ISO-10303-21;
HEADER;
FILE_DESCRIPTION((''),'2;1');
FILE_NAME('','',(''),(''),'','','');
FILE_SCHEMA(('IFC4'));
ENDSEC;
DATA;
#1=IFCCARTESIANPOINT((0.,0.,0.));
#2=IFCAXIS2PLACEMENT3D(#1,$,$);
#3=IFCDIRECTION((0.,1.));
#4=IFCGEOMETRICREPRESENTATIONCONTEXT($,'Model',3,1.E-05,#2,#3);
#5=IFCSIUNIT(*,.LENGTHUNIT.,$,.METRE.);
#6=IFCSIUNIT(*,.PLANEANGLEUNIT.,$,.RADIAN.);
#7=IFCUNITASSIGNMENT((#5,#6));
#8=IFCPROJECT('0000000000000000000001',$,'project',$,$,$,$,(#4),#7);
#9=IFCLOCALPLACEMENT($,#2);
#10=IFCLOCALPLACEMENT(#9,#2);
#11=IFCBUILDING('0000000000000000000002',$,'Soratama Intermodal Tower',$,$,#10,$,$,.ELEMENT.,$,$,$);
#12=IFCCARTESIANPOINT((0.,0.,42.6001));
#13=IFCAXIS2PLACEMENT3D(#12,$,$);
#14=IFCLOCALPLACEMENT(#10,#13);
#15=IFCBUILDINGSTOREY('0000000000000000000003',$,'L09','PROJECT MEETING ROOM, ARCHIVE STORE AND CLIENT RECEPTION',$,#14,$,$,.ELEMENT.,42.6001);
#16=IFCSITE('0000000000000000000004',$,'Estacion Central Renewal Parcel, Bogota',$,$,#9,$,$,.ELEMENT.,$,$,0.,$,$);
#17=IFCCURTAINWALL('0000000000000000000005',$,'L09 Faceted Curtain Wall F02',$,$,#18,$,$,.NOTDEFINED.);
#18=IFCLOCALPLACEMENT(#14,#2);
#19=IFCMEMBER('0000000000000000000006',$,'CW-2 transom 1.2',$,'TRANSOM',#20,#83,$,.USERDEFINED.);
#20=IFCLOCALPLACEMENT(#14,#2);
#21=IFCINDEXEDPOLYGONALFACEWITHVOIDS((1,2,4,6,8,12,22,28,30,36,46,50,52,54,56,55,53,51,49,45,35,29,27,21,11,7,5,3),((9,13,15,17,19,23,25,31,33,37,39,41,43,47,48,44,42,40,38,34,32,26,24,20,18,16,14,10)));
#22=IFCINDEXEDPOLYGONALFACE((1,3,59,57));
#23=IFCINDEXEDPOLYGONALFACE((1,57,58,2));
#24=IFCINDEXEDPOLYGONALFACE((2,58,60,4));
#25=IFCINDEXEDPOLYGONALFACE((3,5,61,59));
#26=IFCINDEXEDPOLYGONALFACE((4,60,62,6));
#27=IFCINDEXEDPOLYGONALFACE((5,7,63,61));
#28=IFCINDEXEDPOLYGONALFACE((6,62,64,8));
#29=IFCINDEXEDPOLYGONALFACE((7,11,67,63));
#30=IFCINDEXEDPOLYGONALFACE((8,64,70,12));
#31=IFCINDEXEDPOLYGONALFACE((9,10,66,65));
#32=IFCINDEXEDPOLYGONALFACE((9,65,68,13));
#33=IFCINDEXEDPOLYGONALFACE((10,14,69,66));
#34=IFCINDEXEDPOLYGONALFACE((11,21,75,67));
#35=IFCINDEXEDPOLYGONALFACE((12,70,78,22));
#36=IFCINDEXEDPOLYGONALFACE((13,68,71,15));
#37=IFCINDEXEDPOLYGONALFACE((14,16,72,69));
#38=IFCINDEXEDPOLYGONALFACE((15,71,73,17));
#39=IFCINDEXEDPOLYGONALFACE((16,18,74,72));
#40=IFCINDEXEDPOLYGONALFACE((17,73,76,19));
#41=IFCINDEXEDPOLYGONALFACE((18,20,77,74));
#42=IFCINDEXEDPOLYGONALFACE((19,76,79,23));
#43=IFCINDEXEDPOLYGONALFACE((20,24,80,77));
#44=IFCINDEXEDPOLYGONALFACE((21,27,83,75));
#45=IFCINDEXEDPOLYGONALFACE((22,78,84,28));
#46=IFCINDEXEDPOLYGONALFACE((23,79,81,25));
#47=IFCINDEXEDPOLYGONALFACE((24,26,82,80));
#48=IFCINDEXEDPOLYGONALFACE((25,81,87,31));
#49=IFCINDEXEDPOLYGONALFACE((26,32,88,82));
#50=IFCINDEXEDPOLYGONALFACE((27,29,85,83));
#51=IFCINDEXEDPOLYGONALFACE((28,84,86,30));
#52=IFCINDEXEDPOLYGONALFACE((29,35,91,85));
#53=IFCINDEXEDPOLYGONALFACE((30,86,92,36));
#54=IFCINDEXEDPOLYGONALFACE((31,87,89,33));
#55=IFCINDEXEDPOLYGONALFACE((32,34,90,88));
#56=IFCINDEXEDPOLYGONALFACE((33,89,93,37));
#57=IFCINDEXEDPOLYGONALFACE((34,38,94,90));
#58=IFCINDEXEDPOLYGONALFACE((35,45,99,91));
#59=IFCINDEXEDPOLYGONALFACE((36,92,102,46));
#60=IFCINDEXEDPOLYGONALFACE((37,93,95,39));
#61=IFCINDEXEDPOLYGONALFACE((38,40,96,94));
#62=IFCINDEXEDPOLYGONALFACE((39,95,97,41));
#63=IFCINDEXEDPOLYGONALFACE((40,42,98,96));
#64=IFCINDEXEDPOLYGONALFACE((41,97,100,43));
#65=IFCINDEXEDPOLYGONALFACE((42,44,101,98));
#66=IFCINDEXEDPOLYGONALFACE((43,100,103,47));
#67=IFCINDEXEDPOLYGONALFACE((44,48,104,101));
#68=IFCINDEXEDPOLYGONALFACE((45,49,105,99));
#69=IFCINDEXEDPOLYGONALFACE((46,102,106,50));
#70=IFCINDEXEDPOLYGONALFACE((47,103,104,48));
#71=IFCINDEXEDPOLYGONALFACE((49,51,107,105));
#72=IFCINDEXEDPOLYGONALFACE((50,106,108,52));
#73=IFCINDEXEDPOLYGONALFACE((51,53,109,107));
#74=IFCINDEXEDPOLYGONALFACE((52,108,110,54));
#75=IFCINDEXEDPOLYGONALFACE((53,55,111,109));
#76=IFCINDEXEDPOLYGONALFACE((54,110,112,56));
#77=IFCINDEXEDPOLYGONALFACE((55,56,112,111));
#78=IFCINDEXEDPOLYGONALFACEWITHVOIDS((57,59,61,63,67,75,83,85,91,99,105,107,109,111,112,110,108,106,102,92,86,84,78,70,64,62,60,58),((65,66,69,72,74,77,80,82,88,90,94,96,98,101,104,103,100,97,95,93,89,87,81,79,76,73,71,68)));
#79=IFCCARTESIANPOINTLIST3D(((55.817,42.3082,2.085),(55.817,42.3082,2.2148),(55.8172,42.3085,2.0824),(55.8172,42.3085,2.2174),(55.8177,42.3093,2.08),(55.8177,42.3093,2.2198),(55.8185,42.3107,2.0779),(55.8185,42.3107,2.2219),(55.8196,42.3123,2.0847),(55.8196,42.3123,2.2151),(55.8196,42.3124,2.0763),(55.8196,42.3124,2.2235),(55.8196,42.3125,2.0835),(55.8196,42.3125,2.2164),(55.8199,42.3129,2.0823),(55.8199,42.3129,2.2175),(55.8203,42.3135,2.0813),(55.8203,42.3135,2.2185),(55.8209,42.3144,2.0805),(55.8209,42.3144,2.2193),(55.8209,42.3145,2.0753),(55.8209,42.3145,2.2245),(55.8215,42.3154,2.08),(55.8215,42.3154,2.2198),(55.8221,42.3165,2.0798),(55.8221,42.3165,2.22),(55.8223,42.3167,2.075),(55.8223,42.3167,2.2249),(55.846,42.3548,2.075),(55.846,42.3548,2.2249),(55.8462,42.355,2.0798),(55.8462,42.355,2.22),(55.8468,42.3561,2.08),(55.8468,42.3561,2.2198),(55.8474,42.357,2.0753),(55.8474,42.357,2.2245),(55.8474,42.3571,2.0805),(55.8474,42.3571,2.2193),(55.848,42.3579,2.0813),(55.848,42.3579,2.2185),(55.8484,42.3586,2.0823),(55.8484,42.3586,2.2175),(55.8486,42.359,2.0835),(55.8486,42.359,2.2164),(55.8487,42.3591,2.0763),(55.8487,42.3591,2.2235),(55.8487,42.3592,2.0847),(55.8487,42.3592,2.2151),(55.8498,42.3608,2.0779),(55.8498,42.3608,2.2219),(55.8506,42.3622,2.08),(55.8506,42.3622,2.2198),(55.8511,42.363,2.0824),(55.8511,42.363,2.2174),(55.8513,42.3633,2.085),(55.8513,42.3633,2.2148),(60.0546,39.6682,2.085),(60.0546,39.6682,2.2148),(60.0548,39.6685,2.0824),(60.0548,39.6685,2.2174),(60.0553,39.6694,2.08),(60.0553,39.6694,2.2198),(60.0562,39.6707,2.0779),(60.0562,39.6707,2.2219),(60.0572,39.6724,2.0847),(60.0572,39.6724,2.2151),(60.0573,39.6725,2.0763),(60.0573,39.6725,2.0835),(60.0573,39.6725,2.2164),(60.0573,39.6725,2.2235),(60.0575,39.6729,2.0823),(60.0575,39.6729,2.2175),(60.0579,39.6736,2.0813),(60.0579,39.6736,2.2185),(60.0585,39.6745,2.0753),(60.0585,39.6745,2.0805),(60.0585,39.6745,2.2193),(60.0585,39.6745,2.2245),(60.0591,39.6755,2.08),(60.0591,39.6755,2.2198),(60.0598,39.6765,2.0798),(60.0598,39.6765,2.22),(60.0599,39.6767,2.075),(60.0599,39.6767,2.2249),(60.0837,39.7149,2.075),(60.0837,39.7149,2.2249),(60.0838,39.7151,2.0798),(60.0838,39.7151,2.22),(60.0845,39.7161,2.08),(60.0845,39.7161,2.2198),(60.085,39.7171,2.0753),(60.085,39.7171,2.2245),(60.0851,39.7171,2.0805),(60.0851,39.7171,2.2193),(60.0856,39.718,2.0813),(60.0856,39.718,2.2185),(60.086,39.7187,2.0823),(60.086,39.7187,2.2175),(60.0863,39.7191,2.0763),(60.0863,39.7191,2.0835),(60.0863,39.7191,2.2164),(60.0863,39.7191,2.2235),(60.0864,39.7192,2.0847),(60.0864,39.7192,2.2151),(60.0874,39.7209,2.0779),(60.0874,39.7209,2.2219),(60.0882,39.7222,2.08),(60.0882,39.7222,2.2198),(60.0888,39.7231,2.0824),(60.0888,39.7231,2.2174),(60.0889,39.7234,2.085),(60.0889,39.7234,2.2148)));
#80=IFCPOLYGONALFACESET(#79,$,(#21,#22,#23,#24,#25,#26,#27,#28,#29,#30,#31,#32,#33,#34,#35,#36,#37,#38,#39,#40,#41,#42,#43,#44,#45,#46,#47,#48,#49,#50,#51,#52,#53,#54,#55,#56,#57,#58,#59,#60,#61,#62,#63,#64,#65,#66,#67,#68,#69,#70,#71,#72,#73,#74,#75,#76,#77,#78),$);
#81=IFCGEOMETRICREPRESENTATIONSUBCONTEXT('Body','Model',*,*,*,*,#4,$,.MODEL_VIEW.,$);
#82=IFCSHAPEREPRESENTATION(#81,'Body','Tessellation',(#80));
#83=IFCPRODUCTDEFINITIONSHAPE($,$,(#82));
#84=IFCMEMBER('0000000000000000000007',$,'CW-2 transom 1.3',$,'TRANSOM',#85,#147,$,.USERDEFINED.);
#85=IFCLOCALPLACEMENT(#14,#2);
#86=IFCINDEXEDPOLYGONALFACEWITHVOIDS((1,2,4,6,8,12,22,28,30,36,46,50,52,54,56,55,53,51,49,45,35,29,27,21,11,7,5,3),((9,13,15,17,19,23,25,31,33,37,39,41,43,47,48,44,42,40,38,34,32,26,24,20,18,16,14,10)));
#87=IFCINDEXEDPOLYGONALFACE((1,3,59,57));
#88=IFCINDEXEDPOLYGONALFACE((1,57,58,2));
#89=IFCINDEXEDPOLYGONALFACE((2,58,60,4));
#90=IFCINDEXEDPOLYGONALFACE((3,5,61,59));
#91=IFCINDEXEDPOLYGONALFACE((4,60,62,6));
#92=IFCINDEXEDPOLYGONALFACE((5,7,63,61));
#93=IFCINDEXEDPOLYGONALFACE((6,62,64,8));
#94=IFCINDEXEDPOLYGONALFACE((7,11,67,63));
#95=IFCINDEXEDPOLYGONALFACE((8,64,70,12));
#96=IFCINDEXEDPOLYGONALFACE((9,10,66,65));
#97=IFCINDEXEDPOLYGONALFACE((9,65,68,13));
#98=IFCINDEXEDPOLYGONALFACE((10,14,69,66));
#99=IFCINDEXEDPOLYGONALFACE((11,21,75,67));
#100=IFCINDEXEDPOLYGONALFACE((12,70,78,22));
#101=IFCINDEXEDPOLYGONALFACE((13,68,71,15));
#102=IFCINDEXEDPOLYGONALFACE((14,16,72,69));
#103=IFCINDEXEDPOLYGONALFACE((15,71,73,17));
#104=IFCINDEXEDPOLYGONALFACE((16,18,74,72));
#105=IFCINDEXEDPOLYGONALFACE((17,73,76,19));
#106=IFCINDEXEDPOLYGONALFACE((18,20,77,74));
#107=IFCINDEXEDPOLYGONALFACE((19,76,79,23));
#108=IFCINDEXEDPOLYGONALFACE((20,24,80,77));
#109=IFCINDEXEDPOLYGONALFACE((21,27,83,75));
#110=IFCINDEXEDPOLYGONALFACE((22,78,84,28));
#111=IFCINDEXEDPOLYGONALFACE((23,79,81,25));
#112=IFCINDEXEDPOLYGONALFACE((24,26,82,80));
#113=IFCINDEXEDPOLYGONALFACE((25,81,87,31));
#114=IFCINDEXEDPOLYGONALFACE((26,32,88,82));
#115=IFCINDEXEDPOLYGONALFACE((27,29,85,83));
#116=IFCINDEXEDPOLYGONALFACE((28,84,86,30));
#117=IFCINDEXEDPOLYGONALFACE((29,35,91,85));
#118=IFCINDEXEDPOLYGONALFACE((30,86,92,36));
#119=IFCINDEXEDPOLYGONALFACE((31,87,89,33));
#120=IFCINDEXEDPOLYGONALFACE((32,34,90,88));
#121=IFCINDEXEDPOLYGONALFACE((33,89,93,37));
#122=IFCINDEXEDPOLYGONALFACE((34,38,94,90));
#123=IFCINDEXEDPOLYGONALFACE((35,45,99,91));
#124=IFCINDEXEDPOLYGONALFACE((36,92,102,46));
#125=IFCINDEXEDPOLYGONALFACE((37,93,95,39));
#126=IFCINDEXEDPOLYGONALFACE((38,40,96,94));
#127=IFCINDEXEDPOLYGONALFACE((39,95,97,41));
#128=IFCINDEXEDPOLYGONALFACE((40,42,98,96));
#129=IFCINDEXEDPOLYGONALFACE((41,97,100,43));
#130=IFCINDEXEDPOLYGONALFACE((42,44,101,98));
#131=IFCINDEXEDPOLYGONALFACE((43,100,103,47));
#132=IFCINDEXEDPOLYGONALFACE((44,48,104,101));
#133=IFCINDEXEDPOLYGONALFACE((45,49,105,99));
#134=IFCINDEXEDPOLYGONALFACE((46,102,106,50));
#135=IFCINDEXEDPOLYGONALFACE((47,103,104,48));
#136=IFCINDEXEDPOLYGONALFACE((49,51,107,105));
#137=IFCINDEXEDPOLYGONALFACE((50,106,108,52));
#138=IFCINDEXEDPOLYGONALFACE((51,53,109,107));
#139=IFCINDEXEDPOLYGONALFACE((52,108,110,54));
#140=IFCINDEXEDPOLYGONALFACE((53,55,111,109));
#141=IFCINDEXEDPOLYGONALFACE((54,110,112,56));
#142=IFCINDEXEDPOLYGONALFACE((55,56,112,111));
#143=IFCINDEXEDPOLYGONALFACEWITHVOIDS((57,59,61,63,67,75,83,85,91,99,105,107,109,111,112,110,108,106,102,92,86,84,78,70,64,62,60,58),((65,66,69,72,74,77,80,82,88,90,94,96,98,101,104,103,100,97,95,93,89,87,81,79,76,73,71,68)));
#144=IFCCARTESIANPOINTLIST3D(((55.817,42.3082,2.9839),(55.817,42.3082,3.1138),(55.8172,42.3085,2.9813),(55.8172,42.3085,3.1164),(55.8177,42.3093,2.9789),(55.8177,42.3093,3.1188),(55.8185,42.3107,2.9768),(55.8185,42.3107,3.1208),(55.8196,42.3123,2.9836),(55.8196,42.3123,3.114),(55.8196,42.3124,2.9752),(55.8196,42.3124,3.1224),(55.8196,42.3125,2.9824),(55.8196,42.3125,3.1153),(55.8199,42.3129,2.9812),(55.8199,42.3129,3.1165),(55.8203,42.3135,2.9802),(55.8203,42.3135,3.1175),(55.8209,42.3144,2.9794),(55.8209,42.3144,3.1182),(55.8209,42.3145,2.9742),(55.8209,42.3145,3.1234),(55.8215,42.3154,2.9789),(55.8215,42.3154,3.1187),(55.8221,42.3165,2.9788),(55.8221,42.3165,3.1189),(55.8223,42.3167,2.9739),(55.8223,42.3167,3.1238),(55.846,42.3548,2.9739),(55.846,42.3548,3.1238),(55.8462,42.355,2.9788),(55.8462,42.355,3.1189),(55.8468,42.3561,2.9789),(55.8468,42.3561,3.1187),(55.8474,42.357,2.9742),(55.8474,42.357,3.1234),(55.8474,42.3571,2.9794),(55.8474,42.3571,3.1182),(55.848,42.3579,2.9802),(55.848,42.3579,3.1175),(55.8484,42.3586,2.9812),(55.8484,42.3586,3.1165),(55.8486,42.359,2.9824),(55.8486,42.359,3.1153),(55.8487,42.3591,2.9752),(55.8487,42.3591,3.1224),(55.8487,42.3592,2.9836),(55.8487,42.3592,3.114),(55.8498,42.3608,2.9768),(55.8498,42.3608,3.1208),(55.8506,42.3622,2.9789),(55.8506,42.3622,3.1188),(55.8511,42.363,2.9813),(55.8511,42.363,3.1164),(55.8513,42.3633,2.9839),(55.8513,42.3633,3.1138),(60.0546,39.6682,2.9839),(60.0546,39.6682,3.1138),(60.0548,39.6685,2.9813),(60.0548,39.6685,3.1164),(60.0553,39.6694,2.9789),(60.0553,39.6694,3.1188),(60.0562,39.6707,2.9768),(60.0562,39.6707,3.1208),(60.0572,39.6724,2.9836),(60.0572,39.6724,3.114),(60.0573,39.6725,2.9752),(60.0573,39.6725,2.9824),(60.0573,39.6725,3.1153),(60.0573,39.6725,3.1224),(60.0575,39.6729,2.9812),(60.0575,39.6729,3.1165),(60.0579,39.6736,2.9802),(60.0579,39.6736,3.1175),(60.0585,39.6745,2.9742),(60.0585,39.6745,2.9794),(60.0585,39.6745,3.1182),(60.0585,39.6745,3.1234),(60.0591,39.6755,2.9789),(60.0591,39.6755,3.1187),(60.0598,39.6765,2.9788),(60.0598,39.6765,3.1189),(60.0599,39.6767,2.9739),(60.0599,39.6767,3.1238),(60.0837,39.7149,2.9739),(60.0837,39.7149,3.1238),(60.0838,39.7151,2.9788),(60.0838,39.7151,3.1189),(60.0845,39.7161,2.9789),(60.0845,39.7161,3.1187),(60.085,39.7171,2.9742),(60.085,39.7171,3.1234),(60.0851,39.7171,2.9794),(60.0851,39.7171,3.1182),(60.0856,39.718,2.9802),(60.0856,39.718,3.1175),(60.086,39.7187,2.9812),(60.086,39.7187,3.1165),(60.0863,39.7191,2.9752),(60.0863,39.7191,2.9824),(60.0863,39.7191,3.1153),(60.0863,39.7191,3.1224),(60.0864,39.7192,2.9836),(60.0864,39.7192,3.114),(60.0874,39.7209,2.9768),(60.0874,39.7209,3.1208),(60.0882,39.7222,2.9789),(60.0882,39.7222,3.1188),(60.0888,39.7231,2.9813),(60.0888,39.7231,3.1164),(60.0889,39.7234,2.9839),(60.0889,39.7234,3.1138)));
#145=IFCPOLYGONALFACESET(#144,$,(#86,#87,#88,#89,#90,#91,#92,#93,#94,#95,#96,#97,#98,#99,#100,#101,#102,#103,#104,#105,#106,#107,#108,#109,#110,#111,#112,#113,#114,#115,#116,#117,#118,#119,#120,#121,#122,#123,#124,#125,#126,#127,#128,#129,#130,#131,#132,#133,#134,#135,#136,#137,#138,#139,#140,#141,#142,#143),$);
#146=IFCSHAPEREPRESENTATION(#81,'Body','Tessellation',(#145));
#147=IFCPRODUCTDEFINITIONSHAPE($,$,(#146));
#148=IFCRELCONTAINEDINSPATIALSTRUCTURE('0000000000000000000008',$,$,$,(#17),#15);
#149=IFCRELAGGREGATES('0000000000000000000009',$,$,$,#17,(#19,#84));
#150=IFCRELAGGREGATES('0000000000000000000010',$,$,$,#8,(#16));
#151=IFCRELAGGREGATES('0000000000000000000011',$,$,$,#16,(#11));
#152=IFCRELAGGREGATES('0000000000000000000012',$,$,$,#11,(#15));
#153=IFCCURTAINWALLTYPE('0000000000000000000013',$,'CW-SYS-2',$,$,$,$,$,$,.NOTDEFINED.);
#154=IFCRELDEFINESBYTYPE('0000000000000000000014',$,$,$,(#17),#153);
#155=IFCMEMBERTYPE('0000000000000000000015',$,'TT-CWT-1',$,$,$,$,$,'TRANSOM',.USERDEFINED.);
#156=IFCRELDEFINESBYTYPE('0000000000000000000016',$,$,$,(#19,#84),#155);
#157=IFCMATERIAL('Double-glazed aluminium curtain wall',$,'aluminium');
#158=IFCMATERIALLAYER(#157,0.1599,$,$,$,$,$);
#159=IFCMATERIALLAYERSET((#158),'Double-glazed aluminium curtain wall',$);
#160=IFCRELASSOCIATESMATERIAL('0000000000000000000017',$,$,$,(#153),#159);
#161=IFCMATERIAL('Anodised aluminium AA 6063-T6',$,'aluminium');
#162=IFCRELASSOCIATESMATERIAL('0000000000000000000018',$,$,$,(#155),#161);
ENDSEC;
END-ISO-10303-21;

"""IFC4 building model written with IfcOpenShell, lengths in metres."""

from ifc_helpers import new_model, si_unit, direction, frame, origin, origin_2d, place, context, subcontext, project, spatial, hollow_rectangle, extrude, material, layer, layer_set, material_profile, profile_set, type_object, element, aggregate, save


model = new_model("IFC4")

# Units and contexts
model_context = context("Model", 3, precision=1e-05, world=origin(), true_north=direction((0.0, 1.0)))
body_context = subcontext(model_context, "Body", "Model", "MODEL_VIEW")
ifc_project = project(units=[si_unit("LENGTHUNIT", "METRE"), si_unit("PLANEANGLEUNIT", "RADIAN")], contexts=[model_context])

# Site, building, storey
site_placement = place(None, origin())
site = spatial("IfcSite", under=ifc_project, at=site_placement, Name="Estacion Central Renewal Parcel, Bogota", CompositionType="ELEMENT", RefElevation=0.0)
building_placement = place(site_placement, origin())
building = spatial("IfcBuilding", under=site, at=building_placement, Name="Soratama Intermodal Tower", CompositionType="ELEMENT")
storey_placement = place(building_placement, frame((0.0, 0.0, 42.6001)))
storey = spatial("IfcBuildingStorey", under=building, at=storey_placement, Name="L09", Description="PROJECT MEETING ROOM, ARCHIVE STORE AND CLIENT RECEPTION", CompositionType="ELEMENT", Elevation=42.6001)

# Shared definitions
ifc_material_1 = material(Name="Double-glazed aluminium curtain wall", Category="aluminium")
ifc_layer_1 = layer(ifc_material_1, 0.1599)
ifc_layer_set_1 = layer_set([ifc_layer_1], Name="Double-glazed aluminium curtain wall")
curtain_wall_type = type_object("IfcCurtainWallType", Name="CW-SYS-2", PredefinedType="NOTDEFINED", material=ifc_layer_set_1)

# Curtain wall, members
curtain_wall_1_placement = place(storey_placement, origin())
curtain_wall_1 = element("IfcCurtainWall", 1, at=curtain_wall_1_placement, inside=storey, type_object=curtain_wall_type, Name="L09 Faceted Curtain Wall F02", PredefinedType="NOTDEFINED")
ifc_material_2 = material(Name="Anodised aluminium AA 6063-T6", Category="aluminium")
ifc_material_profile_1 = material_profile(ifc_material_2, hollow_rectangle(XDim=0.0649, YDim=0.1499, WallThickness=0.0049, InnerFilletRadius=0.0049, OuterFilletRadius=0.01, at=origin_2d()), Name="CWT150X65X5")
ifc_profile_set_1 = profile_set([ifc_material_profile_1], Name="Anodised aluminium AA 6063-T6")
member_type_1 = type_object("IfcMemberType", Name="TT-CWT-1", ElementType="TRANSOM", PredefinedType="USERDEFINED", material=ifc_profile_set_1)
member_1_placement = place(storey_placement, frame((60.0718, 39.6958, 2.1499), z_axis=(-0.848769, 0.528763, 0.0), x_axis=(-0.528763, -0.848769, 0.0)))
member_1 = element("IfcMember", 2, at=member_1_placement, type_object=member_type_1, Name="CW-2 transom 1.2", ObjectType="TRANSOM", PredefinedType="USERDEFINED", context=body_context, shape_type="SweptSolid", body=[
    extrude(hollow_rectangle(XDim=0.0649, YDim=0.1499, WallThickness=0.0049, InnerFilletRadius=0.0049, OuterFilletRadius=0.01, at=origin_2d()), origin(), (0.0, 0.0, 1.0), 4.9927),
])
member_2_placement = place(storey_placement, frame((60.0718, 39.6958, 3.0488), z_axis=(-0.848769, 0.528763, 0.0), x_axis=(-0.528763, -0.848769, 0.0)))
member_2 = element("IfcMember", 3, at=member_2_placement, type_object=member_type_1, Name="CW-2 transom 1.3", ObjectType="TRANSOM", PredefinedType="USERDEFINED", context=body_context, shape_type="SweptSolid", body=[
    extrude(hollow_rectangle(XDim=0.0649, YDim=0.1499, WallThickness=0.0049, InnerFilletRadius=0.0049, OuterFilletRadius=0.01, at=origin_2d()), origin(), (0.0, 0.0, 1.0), 4.9927),
])

aggregate(curtain_wall_1, [member_1, member_2])

save(model, "model.ifc")
